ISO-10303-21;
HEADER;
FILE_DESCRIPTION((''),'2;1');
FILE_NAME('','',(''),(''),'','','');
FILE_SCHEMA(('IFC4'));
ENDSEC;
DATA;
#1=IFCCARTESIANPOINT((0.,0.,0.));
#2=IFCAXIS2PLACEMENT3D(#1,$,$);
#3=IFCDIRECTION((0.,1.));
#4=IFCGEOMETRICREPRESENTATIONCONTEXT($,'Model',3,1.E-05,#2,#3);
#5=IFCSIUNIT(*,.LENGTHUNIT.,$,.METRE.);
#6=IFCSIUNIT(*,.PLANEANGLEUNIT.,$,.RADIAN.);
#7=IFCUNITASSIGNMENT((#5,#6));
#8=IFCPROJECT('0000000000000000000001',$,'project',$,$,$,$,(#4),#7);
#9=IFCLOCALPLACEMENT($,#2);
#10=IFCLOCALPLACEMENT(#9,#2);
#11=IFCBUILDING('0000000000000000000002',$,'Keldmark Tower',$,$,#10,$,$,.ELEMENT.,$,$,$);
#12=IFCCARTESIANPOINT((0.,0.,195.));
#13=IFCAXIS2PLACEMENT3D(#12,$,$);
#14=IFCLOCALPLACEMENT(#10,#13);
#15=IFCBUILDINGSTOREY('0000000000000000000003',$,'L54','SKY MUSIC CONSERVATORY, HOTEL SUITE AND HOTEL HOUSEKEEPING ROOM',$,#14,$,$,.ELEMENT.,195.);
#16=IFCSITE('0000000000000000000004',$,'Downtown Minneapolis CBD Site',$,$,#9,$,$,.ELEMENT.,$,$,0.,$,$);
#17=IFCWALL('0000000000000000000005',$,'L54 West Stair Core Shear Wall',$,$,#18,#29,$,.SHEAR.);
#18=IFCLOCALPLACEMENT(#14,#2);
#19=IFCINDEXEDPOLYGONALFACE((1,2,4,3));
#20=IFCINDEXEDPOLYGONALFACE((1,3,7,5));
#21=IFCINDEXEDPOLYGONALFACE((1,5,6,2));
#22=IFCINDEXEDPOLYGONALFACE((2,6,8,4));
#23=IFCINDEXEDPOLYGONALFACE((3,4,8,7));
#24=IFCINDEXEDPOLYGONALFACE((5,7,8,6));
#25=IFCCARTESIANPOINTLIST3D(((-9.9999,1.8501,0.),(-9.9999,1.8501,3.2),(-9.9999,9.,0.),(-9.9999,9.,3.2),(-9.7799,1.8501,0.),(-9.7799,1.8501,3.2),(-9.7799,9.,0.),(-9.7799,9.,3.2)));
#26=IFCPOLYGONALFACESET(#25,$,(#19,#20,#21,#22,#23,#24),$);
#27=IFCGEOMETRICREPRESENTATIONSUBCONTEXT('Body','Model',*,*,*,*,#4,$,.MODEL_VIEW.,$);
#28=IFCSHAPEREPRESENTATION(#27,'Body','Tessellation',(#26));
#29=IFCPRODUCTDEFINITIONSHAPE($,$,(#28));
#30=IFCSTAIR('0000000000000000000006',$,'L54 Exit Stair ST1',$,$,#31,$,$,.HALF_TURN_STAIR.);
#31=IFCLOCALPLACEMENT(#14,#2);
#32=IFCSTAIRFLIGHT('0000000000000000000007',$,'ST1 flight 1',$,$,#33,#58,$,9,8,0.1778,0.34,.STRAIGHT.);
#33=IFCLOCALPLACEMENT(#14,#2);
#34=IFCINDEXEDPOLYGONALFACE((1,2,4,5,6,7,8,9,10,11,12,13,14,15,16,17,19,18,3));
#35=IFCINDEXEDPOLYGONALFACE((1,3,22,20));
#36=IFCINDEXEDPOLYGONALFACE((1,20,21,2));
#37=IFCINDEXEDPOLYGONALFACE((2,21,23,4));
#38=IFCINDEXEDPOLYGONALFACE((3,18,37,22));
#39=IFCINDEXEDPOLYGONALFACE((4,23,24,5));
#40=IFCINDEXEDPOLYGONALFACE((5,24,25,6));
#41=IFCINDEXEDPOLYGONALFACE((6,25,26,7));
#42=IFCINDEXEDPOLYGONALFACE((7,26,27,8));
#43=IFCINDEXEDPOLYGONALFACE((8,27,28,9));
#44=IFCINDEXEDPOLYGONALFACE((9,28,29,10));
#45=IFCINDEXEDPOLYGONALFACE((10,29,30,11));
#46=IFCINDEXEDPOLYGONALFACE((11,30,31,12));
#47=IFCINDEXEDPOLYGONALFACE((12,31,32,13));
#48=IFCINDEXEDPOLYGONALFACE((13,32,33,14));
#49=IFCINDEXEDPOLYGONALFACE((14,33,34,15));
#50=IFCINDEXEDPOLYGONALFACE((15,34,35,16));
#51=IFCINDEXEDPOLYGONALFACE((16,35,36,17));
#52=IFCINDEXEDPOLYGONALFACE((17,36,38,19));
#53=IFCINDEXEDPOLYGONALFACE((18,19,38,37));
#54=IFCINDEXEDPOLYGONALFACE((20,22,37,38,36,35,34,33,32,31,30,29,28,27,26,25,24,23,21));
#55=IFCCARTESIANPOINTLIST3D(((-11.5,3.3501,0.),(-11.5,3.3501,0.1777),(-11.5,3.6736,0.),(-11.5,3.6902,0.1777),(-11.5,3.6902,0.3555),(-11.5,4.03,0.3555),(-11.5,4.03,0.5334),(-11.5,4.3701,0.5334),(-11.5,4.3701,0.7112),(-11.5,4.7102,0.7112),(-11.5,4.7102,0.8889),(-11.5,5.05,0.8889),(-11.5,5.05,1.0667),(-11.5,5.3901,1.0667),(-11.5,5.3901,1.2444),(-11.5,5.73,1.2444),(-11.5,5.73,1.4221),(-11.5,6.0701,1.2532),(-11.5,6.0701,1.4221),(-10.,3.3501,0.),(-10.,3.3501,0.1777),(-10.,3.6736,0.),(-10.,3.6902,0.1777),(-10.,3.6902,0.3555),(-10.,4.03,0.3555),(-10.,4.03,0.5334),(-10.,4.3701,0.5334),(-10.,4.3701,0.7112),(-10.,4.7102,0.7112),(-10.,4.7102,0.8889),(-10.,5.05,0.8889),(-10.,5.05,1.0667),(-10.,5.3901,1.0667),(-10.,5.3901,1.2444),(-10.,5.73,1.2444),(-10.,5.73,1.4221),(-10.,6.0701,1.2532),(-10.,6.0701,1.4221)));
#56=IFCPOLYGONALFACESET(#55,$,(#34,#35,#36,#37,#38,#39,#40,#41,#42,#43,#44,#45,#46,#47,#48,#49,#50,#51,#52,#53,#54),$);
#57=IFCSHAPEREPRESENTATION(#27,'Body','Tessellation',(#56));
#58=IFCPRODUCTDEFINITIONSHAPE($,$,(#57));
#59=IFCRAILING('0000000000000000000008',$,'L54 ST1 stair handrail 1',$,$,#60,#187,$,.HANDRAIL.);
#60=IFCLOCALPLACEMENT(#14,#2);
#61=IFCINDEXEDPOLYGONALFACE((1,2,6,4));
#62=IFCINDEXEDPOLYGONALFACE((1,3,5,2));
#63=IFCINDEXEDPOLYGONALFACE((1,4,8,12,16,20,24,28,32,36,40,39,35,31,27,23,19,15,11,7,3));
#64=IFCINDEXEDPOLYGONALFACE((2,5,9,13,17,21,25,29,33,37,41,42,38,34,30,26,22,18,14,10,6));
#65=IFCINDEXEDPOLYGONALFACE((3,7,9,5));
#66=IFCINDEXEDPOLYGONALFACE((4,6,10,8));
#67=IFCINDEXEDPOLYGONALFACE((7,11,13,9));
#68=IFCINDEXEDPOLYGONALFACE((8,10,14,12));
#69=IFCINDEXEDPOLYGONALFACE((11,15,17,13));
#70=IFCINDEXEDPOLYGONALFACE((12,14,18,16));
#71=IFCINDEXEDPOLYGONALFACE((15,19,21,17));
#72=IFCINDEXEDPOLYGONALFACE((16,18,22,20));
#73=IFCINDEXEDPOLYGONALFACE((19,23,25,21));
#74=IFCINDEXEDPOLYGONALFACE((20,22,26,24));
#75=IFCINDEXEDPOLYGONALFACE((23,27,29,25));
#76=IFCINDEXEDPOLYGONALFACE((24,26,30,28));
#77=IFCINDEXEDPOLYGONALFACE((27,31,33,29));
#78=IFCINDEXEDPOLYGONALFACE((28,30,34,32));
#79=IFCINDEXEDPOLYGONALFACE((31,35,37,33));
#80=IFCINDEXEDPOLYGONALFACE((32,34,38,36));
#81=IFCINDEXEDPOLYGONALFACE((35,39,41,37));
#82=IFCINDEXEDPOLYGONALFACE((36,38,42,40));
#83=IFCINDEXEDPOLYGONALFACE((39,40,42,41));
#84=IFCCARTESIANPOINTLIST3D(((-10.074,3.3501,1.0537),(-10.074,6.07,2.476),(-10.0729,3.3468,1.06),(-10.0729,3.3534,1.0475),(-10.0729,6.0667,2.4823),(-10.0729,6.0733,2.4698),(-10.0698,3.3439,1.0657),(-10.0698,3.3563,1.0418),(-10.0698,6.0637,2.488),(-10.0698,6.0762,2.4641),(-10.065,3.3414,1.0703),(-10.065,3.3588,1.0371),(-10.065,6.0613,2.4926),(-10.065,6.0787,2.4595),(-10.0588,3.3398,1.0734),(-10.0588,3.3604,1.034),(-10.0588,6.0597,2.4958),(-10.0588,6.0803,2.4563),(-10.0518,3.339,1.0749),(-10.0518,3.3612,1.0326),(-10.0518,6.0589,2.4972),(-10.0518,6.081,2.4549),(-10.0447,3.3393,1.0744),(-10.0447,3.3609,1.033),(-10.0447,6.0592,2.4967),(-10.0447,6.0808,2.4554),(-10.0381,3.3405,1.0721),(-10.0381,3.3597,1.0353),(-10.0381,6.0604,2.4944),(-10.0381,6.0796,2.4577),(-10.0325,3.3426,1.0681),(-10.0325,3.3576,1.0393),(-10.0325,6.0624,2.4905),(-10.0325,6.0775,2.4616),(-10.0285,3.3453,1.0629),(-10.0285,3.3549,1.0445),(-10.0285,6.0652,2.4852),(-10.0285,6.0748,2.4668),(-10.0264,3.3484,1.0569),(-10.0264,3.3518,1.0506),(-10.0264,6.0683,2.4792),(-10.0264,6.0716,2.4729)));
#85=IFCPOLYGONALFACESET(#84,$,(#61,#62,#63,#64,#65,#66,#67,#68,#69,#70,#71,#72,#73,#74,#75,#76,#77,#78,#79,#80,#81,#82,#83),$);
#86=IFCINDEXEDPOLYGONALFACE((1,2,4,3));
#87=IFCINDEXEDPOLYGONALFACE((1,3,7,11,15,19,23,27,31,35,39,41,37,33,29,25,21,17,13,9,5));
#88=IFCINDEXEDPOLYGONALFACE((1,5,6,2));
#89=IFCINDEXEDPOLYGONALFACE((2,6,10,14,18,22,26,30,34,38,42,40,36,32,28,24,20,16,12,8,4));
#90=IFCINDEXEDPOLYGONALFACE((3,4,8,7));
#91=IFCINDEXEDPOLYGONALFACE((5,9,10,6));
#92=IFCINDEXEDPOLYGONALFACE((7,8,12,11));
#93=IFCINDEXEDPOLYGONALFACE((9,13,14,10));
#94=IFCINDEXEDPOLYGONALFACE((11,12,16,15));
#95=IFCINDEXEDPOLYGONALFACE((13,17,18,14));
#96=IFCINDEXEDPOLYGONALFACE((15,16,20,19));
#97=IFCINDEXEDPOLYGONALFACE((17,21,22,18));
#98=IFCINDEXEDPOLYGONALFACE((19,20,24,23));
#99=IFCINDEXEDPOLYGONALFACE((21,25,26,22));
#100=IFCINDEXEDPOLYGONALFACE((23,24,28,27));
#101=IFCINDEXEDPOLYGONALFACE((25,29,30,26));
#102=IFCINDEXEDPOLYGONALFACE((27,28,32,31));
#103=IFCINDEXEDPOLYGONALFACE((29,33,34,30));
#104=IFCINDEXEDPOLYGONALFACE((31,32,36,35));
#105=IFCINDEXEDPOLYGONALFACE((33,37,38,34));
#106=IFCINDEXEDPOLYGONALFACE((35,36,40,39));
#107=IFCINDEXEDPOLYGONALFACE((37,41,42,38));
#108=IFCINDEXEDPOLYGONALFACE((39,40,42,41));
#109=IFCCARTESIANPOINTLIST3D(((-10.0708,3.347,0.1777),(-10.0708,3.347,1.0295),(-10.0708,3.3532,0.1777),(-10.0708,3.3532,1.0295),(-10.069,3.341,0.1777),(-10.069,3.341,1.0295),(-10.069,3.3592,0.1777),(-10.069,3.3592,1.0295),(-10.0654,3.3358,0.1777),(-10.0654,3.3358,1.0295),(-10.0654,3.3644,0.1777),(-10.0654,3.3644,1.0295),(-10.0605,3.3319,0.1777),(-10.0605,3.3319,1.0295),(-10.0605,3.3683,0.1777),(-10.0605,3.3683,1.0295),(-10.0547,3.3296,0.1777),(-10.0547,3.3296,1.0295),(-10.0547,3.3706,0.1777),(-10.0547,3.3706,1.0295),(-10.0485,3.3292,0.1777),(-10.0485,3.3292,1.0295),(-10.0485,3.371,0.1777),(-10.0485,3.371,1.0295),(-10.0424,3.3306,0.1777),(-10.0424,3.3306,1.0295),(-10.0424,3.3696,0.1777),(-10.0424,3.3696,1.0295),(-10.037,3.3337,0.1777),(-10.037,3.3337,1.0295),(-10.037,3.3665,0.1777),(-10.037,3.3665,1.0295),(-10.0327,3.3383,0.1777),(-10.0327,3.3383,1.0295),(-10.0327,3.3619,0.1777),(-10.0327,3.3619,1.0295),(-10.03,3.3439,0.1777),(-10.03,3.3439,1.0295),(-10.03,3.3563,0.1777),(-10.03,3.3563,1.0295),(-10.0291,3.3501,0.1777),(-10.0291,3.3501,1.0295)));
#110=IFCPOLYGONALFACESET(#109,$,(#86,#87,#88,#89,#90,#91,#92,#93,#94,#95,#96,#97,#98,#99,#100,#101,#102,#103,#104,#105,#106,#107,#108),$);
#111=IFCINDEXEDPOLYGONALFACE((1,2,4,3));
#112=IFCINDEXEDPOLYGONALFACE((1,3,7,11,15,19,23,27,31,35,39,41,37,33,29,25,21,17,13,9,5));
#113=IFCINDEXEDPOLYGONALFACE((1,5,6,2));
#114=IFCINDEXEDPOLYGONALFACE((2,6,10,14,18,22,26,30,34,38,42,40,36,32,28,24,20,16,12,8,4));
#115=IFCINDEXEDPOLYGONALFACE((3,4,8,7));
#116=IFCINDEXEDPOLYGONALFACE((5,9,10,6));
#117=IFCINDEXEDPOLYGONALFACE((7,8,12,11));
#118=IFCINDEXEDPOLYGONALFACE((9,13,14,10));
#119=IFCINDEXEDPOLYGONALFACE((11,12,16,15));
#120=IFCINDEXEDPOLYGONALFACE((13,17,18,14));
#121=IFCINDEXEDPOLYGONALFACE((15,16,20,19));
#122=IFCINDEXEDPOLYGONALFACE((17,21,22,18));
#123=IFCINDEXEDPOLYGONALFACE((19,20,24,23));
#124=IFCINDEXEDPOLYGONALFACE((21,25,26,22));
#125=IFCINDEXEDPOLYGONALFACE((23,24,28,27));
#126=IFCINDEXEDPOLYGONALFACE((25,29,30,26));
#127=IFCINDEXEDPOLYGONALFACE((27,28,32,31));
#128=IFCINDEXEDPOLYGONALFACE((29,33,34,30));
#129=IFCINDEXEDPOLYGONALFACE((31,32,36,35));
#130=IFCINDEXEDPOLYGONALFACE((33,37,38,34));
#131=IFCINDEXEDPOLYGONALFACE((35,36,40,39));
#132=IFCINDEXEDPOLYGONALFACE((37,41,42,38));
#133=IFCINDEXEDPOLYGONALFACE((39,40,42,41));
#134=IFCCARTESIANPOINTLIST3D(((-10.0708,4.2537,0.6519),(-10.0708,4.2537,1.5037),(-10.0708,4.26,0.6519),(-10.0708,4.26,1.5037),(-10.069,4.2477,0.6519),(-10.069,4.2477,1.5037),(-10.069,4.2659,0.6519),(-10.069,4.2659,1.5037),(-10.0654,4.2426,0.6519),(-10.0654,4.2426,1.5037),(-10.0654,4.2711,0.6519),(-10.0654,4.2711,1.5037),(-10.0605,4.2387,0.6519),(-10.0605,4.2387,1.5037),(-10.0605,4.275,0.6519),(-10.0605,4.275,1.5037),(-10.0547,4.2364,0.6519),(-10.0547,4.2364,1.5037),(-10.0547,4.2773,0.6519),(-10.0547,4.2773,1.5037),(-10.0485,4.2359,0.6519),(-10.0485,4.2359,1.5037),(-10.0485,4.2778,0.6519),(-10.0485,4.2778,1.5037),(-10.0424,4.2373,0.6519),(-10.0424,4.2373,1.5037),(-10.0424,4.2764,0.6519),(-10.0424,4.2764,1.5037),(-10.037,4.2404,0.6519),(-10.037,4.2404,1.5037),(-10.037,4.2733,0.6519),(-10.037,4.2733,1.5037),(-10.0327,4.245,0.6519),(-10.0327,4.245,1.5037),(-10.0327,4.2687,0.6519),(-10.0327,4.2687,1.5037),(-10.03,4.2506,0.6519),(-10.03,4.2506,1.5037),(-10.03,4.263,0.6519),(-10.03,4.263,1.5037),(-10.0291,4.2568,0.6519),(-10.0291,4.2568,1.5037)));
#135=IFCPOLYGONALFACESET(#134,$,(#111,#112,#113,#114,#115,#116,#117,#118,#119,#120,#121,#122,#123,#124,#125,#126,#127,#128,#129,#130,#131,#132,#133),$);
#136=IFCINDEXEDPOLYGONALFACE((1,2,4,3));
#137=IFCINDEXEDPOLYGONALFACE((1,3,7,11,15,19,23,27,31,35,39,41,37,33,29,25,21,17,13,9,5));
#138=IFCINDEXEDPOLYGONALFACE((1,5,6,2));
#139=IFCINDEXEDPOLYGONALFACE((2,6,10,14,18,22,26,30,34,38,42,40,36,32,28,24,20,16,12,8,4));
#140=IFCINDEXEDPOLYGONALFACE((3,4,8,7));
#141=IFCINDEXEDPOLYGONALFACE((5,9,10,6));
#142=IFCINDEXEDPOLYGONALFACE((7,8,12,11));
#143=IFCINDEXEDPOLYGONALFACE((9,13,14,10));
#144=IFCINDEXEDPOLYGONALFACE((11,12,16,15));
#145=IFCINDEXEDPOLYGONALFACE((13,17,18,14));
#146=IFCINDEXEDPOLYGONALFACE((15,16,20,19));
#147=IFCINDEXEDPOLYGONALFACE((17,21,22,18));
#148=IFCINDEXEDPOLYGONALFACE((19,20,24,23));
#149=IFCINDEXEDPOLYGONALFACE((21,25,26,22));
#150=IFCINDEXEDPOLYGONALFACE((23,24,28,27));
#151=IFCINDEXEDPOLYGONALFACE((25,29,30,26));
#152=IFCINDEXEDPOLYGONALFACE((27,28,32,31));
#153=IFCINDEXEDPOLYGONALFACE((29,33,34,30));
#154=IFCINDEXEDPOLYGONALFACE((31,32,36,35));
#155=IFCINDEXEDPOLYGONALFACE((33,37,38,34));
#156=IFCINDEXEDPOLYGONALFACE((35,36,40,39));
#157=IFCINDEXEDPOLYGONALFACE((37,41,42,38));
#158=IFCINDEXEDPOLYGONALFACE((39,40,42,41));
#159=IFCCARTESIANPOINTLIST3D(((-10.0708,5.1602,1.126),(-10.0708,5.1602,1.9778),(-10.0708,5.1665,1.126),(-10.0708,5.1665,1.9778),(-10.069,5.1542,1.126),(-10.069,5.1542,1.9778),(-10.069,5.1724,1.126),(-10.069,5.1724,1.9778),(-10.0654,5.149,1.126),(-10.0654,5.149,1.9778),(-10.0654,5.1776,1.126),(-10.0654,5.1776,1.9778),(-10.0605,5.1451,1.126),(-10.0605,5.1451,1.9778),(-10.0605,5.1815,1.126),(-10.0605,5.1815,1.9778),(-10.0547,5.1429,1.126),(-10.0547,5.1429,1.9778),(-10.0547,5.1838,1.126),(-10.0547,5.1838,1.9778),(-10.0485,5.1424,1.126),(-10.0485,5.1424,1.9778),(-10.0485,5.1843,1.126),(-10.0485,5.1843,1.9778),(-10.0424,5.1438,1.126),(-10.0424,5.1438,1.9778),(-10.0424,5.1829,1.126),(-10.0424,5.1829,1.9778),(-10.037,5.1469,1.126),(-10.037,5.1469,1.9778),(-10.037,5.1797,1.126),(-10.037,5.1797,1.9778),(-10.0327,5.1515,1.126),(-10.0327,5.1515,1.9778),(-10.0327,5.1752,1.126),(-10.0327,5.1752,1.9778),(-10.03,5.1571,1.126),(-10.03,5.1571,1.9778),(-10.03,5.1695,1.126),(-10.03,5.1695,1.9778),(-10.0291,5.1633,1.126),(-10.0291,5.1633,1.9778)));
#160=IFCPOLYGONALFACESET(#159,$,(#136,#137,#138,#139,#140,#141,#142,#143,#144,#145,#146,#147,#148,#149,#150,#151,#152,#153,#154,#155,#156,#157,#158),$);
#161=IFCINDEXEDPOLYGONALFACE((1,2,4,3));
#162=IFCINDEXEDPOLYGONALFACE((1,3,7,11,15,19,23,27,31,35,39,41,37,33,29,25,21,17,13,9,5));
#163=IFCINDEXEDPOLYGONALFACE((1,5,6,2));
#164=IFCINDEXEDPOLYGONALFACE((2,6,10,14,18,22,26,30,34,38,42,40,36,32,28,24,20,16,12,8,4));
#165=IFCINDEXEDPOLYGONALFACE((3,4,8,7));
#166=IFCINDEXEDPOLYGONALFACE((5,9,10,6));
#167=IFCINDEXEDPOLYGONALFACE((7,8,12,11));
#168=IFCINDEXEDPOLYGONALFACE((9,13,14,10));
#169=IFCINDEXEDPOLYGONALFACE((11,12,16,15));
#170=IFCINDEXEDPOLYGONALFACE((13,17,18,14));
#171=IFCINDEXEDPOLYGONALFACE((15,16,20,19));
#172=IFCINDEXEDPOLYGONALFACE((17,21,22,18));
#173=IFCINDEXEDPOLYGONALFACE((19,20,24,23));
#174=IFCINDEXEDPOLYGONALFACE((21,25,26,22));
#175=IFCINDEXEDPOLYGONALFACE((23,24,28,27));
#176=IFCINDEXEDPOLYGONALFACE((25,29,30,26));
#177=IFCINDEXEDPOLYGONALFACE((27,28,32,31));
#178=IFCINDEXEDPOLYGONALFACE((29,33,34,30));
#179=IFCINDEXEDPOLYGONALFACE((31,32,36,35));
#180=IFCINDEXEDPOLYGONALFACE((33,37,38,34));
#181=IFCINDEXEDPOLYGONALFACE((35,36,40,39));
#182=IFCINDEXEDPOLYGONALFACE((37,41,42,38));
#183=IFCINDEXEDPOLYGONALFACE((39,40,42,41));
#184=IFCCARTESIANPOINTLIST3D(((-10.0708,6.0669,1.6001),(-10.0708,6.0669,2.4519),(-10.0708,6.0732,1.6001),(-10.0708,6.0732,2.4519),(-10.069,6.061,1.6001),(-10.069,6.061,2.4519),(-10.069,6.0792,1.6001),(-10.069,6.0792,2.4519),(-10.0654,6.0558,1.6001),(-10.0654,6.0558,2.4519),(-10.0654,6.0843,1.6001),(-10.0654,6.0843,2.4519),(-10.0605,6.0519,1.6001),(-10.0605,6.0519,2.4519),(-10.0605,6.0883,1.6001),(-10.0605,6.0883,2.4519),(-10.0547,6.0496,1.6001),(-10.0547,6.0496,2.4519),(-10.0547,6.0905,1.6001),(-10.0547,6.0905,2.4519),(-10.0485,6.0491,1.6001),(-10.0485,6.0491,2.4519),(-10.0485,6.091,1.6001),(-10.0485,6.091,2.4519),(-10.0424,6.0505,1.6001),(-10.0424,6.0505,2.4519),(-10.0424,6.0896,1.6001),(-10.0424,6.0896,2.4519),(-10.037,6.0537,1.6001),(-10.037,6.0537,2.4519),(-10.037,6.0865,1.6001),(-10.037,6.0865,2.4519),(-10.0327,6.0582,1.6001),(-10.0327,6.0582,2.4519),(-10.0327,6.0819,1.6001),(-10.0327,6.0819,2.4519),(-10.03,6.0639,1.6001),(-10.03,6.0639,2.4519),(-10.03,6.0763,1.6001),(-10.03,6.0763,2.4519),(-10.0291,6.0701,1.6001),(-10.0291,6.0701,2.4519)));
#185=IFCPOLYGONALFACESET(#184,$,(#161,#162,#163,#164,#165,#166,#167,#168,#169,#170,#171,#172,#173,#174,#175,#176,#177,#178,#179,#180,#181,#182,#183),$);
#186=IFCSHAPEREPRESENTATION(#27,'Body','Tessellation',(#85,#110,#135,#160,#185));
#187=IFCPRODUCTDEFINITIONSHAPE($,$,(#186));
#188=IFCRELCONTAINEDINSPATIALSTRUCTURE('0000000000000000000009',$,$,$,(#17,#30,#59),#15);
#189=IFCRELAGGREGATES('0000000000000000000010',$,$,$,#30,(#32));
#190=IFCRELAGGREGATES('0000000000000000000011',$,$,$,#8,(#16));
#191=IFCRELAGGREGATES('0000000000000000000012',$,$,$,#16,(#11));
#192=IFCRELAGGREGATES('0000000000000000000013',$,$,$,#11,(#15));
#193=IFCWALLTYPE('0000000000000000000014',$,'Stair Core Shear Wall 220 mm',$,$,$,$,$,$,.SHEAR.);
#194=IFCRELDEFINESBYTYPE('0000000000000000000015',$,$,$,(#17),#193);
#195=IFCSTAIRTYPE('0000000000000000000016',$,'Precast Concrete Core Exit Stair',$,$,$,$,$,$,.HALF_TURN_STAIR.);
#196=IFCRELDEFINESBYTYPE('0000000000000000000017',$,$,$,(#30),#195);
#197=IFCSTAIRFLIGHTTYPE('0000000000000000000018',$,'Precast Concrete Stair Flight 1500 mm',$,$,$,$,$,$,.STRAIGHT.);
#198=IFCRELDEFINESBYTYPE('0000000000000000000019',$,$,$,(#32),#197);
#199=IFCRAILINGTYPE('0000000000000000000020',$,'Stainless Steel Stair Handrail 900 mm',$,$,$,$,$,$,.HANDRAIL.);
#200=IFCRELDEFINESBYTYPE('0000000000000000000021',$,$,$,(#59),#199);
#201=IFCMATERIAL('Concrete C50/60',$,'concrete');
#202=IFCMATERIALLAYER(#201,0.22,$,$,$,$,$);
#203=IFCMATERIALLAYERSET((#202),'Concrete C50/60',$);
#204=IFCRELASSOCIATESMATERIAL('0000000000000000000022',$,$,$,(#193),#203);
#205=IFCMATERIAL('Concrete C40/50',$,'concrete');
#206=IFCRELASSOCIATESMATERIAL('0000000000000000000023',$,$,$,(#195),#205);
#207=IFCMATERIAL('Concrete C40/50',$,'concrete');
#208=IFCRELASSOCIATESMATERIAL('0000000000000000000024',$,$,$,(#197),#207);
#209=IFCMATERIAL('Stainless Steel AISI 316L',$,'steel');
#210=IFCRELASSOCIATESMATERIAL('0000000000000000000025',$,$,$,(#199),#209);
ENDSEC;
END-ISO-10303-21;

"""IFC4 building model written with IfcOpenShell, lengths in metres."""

from ifc_helpers import new_model, si_unit, direction, frame, frame_2d, origin, origin_2d, place, context, subcontext, project, spatial, polyline, rectangle, circle, outline, extrude, material, layer, layer_set, type_object, element, aggregate, save


model = new_model("IFC4")

# Units and contexts
model_context = context("Model", 3, precision=1e-05, world=origin(), true_north=direction((0.0, 1.0)))
body_context = subcontext(model_context, "Body", "Model", "MODEL_VIEW")
ifc_project = project(units=[si_unit("LENGTHUNIT", "METRE"), si_unit("PLANEANGLEUNIT", "RADIAN")], contexts=[model_context])

# Site, building, storey
site_placement = place(None, origin())
site = spatial("IfcSite", under=ifc_project, at=site_placement, Name="Downtown Minneapolis CBD Site", CompositionType="ELEMENT", RefElevation=0.0)
building_placement = place(site_placement, origin())
building = spatial("IfcBuilding", under=site, at=building_placement, Name="Keldmark Tower", CompositionType="ELEMENT")
storey_placement = place(building_placement, frame((0.0, 0.0, 195.0)))
storey = spatial("IfcBuildingStorey", under=building, at=storey_placement, Name="L54", Description="SKY MUSIC CONSERVATORY, HOTEL SUITE AND HOTEL HOUSEKEEPING ROOM", CompositionType="ELEMENT", Elevation=195.0)

# Wall
ifc_material_1 = material(Name="Concrete C50/60", Category="concrete")
ifc_layer_1 = layer(ifc_material_1, 0.22)
ifc_layer_set_1 = layer_set([ifc_layer_1], Name="Concrete C50/60")
wall_type_1 = type_object("IfcWallType", Name="Stair Core Shear Wall 220 mm", PredefinedType="SHEAR", material=ifc_layer_set_1)
wall_1_placement = place(storey_placement, frame((-9.8899, 1.8501, 0.0), z_axis=(0.0, 0.0, 1.0), x_axis=(0.0, 1.0, 0.0)))
element("IfcWall", 1, at=wall_1_placement, inside=storey, type_object=wall_type_1, Name="L54 West Stair Core Shear Wall", PredefinedType="SHEAR", context=body_context, shape_type="SweptSolid", body=[
    extrude(rectangle(XDim=7.1499, YDim=0.22, at=frame_2d((3.575, 0.0))), origin(), (0.0, 0.0, 1.0), 3.2),
])

# Stair, stair flight
ifc_material_2 = material(Name="Concrete C40/50", Category="concrete")
stair_type = type_object("IfcStairType", Name="Precast Concrete Core Exit Stair", PredefinedType="HALF_TURN_STAIR", material=ifc_material_2)
stair_placement = place(storey_placement, origin())
stair = element("IfcStair", 2, at=stair_placement, inside=storey, type_object=stair_type, Name="L54 Exit Stair ST1", PredefinedType="HALF_TURN_STAIR")
ifc_material_3 = material(Name="Concrete C40/50", Category="concrete")
stair_flight_type = type_object("IfcStairFlightType", Name="Precast Concrete Stair Flight 1500 mm", PredefinedType="STRAIGHT", material=ifc_material_3)
stair_flight_placement = place(storey_placement, frame((-10.75, 3.3501, 0.0), z_axis=(0.0, 0.0, 1.0), x_axis=(0.0, 1.0, 0.0)))
stair_flight = element("IfcStairFlight", 3, at=stair_flight_placement, type_object=stair_flight_type, Name="ST1 flight 1", NumberOfRisers=9, NumberOfTreads=8, PredefinedType="STRAIGHT", RiserHeight=0.1778, TreadLength=0.34, context=body_context, shape_type="SweptSolid", body=[
    extrude(outline(polyline([(0.0, 0.0), (0.0, 0.1777), (0.3401, 0.1777), (0.3401, 0.3555), (0.6799, 0.3555), (0.6799, 0.5334), (1.02, 0.5334), (1.02, 0.7112), (1.3601, 0.7112), (1.3601, 0.8889), (1.7, 0.8889), (1.7, 1.0667), (2.04, 1.0667), (2.04, 1.2444), (2.3799, 1.2444), (2.3799, 1.4221), (2.72, 1.4221), (2.72, 1.6001), (2.72, 1.2532), (0.3235, 0.0), (0.0, 0.0)])), frame((0.0, 0.75, 0.0), z_axis=(0.0, -1.0, 0.0), x_axis=(1.0, 0.0, 0.0)), (0.0, 0.0, 1.0), 1.5),
])
aggregate(stair, [stair_flight])

# Railing
ifc_material_4 = material(Name="Stainless Steel AISI 316L", Category="steel")
railing_type = type_object("IfcRailingType", Name="Stainless Steel Stair Handrail 900 mm", PredefinedType="HANDRAIL", material=ifc_material_4)
railing_placement = place(storey_placement, frame((-10.05, 3.3501, 0.1777)))
element("IfcRailing", 4, at=railing_placement, inside=storey, type_object=railing_type, Name="L54 ST1 stair handrail 1", PredefinedType="HANDRAIL", context=body_context, shape_type="SweptSolid", body=[
    extrude(circle(Radius=0.0239, at=origin_2d()), frame((0.0, 0.0, 0.876), z_axis=(0.0, 0.88615, 0.463398), x_axis=(-1.0, 0.0, 0.0)), (0.0, 0.0, 1.0), 3.0693),
    extrude(circle(Radius=0.021, at=origin_2d()), origin(), (0.0, 0.0, 1.0), 0.8518),
    extrude(circle(Radius=0.021, at=origin_2d()), frame((0.0, 0.9067, 0.4741)), (0.0, 0.0, 1.0), 0.8518),
    extrude(circle(Radius=0.021, at=origin_2d()), frame((0.0, 1.8132, 0.9482)), (0.0, 0.0, 1.0), 0.8518),
    extrude(circle(Radius=0.021, at=origin_2d()), frame((0.0, 2.72, 1.4224)), (0.0, 0.0, 1.0), 0.8518),
])

save(model, "model.ifc")
